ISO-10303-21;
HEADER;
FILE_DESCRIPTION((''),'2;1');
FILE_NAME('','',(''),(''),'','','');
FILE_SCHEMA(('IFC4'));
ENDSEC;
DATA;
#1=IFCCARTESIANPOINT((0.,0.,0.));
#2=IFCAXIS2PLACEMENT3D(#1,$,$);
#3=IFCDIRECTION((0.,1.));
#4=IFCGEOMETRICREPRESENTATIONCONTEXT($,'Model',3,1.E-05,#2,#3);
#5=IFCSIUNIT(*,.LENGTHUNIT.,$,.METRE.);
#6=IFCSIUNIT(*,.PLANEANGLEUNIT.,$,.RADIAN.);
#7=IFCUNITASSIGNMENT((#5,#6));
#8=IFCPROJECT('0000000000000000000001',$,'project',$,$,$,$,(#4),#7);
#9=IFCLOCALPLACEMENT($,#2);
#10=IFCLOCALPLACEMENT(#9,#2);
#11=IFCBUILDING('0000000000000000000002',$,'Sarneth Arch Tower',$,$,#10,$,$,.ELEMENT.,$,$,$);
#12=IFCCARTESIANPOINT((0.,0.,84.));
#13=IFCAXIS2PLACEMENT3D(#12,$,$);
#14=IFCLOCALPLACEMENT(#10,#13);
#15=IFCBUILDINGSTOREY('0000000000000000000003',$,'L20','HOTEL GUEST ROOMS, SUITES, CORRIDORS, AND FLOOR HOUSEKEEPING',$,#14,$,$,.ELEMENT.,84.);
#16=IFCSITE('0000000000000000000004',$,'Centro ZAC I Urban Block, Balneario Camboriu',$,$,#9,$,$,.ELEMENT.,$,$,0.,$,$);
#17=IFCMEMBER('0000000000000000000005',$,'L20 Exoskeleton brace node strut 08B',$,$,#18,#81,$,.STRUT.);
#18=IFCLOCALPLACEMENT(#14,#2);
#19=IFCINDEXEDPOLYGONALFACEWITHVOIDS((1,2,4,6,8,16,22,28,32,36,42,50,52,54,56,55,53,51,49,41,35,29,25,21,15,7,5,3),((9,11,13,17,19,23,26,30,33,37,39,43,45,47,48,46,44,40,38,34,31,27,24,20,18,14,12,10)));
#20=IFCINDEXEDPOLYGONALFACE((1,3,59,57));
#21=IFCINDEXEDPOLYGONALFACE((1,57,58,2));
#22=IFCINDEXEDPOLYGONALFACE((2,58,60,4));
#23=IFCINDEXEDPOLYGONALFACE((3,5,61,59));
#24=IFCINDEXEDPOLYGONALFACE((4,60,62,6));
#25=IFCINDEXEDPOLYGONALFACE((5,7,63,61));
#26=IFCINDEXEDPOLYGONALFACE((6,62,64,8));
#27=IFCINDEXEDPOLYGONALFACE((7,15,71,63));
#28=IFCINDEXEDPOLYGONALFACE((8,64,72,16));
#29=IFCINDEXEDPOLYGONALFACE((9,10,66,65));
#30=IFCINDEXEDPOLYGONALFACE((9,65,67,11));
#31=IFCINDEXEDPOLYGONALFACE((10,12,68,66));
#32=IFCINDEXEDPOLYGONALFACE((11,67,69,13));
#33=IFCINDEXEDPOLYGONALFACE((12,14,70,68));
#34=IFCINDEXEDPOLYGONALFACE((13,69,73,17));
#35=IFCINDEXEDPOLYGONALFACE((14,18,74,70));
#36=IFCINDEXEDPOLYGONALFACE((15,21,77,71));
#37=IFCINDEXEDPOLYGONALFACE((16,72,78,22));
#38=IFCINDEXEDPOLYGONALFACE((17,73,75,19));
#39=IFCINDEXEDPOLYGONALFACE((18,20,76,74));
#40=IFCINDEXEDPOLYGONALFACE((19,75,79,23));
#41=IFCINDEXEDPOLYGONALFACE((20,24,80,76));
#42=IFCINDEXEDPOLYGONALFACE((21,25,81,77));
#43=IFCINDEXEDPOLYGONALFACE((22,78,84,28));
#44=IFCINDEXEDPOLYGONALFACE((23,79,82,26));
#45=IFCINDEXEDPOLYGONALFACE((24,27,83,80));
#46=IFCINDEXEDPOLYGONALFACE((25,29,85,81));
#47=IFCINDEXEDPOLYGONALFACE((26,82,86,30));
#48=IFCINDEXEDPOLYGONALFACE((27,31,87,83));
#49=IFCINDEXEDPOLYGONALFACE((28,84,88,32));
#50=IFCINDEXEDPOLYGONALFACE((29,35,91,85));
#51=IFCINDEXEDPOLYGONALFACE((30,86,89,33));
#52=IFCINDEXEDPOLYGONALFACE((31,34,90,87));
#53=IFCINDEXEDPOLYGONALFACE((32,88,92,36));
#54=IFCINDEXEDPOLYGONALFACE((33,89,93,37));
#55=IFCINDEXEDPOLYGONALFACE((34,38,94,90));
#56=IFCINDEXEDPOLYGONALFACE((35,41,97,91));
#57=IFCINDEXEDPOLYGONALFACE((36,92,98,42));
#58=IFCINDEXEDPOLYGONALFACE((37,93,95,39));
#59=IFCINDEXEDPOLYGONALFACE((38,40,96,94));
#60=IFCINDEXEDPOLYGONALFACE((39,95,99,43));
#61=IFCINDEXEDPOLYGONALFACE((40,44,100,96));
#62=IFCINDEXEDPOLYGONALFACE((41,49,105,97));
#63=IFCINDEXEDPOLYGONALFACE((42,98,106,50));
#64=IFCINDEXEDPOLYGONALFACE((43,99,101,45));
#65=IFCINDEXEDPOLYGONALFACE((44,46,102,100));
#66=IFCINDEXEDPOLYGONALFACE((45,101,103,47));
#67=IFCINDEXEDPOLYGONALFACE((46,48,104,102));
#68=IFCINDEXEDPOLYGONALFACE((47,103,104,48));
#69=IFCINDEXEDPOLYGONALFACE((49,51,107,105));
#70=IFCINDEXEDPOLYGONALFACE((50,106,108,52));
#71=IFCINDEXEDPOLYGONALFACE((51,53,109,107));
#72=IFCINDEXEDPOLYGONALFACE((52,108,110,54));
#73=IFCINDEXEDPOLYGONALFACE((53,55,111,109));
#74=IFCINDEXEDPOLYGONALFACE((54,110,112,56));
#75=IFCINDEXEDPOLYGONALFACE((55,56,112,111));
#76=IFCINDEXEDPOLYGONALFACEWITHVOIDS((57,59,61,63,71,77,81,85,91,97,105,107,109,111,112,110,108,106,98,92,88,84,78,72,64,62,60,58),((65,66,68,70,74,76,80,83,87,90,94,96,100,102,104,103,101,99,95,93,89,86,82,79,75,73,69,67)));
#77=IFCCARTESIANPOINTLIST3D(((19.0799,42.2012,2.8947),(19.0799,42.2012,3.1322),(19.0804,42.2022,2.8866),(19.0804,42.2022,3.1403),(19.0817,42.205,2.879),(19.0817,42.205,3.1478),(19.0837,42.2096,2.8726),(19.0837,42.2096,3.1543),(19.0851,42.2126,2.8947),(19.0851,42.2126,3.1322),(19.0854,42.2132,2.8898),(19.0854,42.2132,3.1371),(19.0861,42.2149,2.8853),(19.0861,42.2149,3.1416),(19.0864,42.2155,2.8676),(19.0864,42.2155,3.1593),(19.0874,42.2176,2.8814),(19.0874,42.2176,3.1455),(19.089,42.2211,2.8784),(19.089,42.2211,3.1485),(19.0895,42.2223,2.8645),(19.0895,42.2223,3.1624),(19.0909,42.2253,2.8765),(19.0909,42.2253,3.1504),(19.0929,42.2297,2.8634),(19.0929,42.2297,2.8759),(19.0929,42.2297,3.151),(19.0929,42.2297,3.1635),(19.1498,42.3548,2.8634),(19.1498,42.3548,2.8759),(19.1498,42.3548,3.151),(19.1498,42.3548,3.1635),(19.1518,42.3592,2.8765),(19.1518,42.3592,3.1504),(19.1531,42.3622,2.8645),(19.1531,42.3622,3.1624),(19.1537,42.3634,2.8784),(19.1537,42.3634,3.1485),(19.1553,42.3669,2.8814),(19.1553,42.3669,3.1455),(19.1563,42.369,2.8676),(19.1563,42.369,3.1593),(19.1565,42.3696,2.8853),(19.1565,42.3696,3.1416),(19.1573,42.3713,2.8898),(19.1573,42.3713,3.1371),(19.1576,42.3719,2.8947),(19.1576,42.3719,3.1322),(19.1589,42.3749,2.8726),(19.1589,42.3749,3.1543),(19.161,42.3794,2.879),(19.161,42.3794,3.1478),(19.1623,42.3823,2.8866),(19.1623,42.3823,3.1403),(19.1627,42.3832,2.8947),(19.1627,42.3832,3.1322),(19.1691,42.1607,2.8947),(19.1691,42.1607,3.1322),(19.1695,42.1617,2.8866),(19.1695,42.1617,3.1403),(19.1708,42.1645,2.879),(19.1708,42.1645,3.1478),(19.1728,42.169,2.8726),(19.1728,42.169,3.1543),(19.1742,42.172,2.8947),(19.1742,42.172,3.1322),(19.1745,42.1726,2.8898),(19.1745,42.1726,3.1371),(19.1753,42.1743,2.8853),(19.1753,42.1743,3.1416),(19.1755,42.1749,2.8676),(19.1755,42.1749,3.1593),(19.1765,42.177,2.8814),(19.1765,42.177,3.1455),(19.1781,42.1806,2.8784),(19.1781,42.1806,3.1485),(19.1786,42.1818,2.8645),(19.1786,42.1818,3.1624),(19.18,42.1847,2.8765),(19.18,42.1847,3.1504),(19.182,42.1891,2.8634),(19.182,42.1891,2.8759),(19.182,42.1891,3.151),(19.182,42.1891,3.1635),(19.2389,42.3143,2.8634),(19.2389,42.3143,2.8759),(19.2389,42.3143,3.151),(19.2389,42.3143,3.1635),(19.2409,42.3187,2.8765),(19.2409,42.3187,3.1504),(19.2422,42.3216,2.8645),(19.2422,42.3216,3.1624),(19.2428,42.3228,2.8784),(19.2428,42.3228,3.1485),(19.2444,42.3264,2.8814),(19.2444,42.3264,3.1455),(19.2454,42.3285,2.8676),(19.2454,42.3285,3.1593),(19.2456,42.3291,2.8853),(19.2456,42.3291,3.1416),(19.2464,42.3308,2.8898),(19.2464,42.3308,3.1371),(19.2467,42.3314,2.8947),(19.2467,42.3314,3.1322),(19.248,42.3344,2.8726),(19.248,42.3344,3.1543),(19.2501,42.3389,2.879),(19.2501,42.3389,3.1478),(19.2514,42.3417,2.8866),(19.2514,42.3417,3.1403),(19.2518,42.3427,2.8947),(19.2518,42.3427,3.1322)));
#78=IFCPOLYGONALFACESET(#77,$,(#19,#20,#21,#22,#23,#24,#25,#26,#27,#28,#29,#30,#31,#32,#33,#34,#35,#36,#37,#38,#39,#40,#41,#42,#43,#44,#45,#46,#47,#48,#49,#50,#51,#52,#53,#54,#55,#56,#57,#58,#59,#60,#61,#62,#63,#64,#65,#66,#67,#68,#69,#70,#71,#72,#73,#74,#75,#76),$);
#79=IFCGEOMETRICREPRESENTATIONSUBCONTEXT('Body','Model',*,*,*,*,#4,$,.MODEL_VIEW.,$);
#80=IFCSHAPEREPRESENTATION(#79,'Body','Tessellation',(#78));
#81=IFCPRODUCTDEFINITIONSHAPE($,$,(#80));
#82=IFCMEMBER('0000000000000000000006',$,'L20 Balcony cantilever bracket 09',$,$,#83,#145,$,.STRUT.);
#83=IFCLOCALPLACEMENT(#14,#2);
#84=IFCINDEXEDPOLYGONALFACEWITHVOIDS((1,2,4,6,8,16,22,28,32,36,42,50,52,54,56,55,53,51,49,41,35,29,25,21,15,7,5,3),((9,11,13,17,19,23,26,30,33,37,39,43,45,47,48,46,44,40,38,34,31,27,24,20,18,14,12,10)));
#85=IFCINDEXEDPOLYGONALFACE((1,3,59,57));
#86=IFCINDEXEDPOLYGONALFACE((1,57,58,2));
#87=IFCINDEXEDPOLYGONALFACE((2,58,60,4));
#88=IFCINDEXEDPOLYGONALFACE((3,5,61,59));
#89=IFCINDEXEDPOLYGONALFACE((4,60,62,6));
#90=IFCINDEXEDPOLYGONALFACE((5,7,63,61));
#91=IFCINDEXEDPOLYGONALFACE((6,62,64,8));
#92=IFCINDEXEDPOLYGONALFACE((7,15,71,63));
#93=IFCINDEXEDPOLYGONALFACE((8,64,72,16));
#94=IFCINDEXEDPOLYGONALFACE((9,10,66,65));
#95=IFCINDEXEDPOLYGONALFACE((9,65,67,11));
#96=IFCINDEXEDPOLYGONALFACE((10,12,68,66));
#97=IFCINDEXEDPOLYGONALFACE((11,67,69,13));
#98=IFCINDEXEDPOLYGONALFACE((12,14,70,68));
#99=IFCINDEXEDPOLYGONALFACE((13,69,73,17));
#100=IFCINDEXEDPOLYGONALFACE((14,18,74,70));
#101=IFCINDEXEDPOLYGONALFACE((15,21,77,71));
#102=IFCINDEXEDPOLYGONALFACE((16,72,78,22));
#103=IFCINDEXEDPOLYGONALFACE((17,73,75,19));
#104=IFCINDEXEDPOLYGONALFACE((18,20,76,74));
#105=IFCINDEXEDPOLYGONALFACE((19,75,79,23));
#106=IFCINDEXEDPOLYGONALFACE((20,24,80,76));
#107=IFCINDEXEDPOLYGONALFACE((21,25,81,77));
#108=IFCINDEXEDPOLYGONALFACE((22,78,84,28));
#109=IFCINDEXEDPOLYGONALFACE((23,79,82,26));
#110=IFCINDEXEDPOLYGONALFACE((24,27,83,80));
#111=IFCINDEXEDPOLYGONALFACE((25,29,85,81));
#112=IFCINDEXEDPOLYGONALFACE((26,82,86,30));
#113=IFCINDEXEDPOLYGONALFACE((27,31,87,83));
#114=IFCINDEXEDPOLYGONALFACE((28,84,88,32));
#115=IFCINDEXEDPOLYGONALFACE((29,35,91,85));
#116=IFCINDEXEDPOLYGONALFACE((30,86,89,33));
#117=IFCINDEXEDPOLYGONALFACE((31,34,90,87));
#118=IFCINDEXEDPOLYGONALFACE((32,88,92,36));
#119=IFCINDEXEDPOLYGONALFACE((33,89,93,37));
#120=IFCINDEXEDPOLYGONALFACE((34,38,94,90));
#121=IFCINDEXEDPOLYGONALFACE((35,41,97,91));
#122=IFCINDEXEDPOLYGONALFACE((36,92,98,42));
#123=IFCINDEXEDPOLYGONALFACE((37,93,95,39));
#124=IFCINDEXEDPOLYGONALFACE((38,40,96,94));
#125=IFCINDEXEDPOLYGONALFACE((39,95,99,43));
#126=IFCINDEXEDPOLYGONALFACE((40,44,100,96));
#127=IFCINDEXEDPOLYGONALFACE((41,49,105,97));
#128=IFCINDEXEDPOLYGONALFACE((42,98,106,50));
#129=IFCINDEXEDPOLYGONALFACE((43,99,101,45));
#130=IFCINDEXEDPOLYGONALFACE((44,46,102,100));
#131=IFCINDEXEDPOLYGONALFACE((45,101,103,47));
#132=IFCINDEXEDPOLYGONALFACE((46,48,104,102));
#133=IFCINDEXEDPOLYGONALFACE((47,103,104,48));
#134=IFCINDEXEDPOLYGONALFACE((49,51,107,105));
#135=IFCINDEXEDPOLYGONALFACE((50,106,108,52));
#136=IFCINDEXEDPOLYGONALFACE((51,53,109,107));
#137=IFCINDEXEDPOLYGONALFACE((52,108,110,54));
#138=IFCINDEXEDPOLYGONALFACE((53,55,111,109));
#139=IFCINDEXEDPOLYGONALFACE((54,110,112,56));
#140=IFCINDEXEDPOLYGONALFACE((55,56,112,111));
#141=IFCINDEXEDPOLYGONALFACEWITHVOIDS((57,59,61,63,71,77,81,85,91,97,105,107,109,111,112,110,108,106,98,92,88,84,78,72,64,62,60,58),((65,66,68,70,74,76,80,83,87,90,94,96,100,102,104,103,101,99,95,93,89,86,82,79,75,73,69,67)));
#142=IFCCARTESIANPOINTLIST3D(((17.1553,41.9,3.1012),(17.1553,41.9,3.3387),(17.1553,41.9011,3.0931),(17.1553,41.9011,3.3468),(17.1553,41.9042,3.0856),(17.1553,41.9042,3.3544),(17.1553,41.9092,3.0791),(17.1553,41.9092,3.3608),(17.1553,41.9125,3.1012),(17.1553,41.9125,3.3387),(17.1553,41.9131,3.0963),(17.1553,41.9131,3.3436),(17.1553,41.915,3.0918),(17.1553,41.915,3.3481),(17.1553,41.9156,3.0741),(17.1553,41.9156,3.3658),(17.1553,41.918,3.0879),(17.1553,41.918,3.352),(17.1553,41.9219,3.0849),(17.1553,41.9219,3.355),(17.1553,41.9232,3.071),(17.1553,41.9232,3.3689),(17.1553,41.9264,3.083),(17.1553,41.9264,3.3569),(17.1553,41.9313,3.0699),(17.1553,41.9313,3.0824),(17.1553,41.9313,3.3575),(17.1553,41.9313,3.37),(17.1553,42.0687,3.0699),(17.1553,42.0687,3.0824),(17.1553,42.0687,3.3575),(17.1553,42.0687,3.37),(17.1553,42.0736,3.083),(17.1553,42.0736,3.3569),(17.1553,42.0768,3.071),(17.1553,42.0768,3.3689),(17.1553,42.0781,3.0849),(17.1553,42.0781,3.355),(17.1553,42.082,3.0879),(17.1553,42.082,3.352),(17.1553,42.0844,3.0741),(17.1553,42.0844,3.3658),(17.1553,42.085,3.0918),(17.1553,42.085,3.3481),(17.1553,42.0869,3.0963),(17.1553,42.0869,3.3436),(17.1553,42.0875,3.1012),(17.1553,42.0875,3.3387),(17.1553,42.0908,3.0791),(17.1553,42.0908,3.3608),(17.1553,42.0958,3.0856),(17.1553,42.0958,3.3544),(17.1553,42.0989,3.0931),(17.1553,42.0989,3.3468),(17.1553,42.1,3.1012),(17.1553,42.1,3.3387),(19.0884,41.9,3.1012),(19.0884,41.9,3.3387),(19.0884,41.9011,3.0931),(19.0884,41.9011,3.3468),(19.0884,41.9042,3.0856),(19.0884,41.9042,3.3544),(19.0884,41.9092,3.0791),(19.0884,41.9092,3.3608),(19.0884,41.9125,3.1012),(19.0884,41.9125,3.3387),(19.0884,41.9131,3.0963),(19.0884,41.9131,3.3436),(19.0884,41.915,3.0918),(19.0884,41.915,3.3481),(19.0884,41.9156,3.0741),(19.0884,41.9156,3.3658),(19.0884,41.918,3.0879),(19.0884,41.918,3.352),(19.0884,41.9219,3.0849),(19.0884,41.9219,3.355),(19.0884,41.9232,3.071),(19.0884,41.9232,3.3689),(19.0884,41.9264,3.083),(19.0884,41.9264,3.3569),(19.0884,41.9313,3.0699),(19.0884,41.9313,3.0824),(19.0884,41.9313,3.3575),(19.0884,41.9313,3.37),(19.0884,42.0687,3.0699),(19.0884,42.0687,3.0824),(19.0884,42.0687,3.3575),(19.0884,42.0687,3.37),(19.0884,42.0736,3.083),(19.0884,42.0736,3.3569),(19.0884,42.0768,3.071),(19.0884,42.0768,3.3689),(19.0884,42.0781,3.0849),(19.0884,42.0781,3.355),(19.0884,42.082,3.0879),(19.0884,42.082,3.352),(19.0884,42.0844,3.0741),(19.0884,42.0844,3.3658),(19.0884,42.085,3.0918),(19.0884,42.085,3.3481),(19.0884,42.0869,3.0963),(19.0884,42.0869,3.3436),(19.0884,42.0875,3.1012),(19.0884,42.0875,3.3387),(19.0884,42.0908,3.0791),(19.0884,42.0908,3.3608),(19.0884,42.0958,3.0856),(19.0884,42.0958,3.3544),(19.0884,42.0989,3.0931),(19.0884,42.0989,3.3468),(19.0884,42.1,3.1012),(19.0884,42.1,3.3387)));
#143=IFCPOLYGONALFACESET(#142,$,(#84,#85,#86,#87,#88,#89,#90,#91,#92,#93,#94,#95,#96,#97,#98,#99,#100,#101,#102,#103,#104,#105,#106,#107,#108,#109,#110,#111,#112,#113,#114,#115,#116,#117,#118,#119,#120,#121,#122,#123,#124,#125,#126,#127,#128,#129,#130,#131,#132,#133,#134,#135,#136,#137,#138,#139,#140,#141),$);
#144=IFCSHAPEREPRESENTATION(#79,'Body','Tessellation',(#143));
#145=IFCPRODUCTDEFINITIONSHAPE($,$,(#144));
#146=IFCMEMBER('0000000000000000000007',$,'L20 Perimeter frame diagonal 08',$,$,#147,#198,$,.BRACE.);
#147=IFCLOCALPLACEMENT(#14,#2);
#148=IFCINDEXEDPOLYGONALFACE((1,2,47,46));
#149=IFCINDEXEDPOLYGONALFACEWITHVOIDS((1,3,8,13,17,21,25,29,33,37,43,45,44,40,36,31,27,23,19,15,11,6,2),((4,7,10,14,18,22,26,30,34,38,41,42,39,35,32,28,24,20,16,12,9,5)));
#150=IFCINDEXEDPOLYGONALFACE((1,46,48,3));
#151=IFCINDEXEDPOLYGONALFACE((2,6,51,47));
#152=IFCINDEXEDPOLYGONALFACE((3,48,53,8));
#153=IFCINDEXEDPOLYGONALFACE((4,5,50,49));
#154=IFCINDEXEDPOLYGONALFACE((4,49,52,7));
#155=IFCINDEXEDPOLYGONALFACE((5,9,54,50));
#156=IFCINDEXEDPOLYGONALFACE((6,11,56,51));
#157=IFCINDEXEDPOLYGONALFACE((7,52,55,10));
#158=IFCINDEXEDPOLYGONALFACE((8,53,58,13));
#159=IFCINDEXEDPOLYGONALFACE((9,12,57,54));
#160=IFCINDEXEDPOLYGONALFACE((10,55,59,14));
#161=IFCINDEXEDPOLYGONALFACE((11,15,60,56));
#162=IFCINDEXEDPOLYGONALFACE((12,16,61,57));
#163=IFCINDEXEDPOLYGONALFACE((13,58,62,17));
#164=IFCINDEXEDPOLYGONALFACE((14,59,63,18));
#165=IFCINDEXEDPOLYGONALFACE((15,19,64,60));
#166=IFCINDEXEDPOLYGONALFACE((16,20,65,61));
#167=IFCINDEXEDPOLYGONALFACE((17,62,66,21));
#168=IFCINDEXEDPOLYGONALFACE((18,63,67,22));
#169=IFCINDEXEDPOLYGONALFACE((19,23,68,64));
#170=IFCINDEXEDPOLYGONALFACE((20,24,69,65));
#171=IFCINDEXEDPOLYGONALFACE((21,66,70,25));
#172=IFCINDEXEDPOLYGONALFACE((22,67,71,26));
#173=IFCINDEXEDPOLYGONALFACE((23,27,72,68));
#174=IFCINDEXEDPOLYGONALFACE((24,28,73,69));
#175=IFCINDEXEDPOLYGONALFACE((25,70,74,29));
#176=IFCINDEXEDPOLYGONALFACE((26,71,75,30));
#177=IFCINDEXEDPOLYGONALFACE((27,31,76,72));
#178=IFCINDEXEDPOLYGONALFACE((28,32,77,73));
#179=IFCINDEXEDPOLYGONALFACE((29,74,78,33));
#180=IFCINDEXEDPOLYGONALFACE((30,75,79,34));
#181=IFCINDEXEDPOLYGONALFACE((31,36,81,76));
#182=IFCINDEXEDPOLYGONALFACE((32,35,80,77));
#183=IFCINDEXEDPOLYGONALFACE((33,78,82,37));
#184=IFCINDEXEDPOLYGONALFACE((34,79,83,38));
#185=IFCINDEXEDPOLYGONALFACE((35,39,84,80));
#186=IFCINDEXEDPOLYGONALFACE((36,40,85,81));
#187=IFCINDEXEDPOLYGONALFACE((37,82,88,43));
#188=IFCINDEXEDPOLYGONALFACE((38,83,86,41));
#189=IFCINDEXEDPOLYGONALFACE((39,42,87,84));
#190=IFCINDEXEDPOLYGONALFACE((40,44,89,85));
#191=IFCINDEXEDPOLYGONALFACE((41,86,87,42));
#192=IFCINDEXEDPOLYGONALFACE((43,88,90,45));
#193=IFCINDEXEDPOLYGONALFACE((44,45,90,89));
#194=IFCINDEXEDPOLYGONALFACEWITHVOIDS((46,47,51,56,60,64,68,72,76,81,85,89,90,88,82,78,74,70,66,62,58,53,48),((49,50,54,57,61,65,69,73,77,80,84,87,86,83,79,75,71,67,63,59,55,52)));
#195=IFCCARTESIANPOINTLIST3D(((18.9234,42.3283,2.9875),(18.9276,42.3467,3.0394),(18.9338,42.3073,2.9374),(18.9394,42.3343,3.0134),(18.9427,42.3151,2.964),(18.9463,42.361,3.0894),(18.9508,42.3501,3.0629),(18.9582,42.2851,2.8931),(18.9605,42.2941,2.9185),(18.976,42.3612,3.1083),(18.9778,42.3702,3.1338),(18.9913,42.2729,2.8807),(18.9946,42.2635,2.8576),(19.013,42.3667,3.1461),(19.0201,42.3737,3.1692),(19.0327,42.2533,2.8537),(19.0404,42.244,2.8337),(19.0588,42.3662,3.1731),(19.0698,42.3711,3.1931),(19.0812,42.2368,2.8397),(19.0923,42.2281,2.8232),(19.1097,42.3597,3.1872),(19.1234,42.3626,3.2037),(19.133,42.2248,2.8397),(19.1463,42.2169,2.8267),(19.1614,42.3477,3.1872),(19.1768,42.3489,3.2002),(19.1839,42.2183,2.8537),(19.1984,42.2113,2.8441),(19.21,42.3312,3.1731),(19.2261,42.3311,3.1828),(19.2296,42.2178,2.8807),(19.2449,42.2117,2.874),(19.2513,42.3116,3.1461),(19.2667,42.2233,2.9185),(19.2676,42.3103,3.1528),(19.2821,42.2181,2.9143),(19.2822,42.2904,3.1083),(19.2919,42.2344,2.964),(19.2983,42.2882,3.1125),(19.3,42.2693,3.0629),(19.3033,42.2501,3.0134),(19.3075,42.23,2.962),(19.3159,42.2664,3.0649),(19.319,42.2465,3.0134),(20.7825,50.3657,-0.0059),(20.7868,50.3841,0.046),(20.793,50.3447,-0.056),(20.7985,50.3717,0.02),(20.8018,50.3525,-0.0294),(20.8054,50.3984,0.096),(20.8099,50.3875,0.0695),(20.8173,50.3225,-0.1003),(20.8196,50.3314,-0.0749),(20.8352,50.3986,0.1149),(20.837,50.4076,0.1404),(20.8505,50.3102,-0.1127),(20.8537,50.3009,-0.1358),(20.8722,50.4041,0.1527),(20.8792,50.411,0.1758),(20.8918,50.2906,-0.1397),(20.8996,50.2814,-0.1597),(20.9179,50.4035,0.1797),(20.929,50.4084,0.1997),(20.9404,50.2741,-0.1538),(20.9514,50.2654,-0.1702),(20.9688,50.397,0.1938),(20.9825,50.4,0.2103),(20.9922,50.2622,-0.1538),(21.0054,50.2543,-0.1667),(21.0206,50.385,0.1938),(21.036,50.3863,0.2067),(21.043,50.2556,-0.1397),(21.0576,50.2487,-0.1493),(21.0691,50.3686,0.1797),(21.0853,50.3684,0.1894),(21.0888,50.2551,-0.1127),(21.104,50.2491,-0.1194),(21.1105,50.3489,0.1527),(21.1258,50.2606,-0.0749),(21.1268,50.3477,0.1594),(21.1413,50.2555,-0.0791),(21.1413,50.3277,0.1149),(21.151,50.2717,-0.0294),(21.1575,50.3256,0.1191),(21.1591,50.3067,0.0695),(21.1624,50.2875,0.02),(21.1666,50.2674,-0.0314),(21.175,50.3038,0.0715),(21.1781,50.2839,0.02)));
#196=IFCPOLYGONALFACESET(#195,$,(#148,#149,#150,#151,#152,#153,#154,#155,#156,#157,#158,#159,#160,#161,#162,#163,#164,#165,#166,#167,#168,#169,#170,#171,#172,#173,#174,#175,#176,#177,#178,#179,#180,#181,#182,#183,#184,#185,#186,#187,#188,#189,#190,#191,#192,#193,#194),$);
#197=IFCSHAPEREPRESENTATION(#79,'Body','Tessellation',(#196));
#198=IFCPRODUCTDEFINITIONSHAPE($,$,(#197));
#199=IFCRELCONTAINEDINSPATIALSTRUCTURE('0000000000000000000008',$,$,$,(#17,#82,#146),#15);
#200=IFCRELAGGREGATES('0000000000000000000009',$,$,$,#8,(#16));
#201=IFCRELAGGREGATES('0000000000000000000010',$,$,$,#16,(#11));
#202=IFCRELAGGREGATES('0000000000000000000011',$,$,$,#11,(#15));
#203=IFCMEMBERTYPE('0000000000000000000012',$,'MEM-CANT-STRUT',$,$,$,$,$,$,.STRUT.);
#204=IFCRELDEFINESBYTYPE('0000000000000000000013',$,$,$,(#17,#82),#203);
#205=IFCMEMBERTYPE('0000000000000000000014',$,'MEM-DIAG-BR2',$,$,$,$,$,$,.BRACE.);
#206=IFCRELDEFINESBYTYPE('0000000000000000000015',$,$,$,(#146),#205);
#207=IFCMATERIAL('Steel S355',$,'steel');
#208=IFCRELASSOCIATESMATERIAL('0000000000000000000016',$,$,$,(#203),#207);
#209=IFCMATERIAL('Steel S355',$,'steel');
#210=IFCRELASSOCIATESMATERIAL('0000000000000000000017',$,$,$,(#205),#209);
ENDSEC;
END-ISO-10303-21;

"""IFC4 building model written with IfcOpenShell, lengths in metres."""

from ifc_helpers import new_model, si_unit, direction, frame, origin, origin_2d, place, context, subcontext, project, spatial, hollow_rectangle, hollow_circle, extrude, material, material_profile, profile_set, type_object, element, save


model = new_model("IFC4")

# Units and contexts
model_context = context("Model", 3, precision=1e-05, world=origin(), true_north=direction((0.0, 1.0)))
body_context = subcontext(model_context, "Body", "Model", "MODEL_VIEW")
ifc_project = project(units=[si_unit("LENGTHUNIT", "METRE"), si_unit("PLANEANGLEUNIT", "RADIAN")], contexts=[model_context])

# Site, building, storey
site_placement = place(None, origin())
site = spatial("IfcSite", under=ifc_project, at=site_placement, Name="Centro ZAC I Urban Block, Balneario Camboriu", CompositionType="ELEMENT", RefElevation=0.0)
building_placement = place(site_placement, origin())
building = spatial("IfcBuilding", under=site, at=building_placement, Name="Sarneth Arch Tower", CompositionType="ELEMENT")
storey_placement = place(building_placement, frame((0.0, 0.0, 84.0)))
storey = spatial("IfcBuildingStorey", under=building, at=storey_placement, Name="L20", Description="HOTEL GUEST ROOMS, SUITES, CORRIDORS, AND FLOOR HOUSEKEEPING", CompositionType="ELEMENT", Elevation=84.0)

# Members
ifc_material_1 = material(Name="Steel S355", Category="steel")
ifc_material_profile_1 = material_profile(ifc_material_1, hollow_rectangle(XDim=0.2, YDim=0.3, WallThickness=0.0125, InnerFilletRadius=0.0188, OuterFilletRadius=0.0312, at=origin_2d()), Name="RHS300x200x12.5")
ifc_profile_set_1 = profile_set([ifc_material_profile_1], Name="Steel S355")
member_type_1 = type_object("IfcMemberType", Name="MEM-CANT-STRUT", PredefinedType="STRUT", material=ifc_profile_set_1)
member_1_placement = place(storey_placement, frame((19.2104, 42.2517, 3.0134), z_axis=(-0.910281, 0.413991, 0.0), x_axis=(-0.413991, -0.910281, 0.0)))
element("IfcMember", 1, at=member_1_placement, inside=storey, type_object=member_type_1, Name="L20 Exoskeleton brace node strut 08B", PredefinedType="STRUT", context=body_context, shape_type="SweptSolid", body=[
    extrude(hollow_rectangle(XDim=0.2, YDim=0.3, WallThickness=0.0125, InnerFilletRadius=0.0188, OuterFilletRadius=0.0312, at=origin_2d()), origin(), (0.0, 0.0, 1.0), 0.0979),
])
member_2_placement = place(storey_placement, frame((19.0884, 42.0, 3.22), z_axis=(-1.0, 0.0, 0.0), x_axis=(0.0, -1.0, 0.0)))
element("IfcMember", 2, at=member_2_placement, inside=storey, type_object=member_type_1, Name="L20 Balcony cantilever bracket 09", PredefinedType="STRUT", context=body_context, shape_type="SweptSolid", body=[
    extrude(hollow_rectangle(XDim=0.2, YDim=0.3, WallThickness=0.0125, InnerFilletRadius=0.0188, OuterFilletRadius=0.0312, at=origin_2d()), origin(), (0.0, 0.0, 1.0), 1.9331),
])
ifc_material_2 = material(Name="Steel S355", Category="steel")
ifc_material_profile_2 = material_profile(ifc_material_2, hollow_circle(Radius=0.2029, WallThickness=0.0161, at=origin_2d()), Name="CHS406x16")
ifc_profile_set_2 = profile_set([ifc_material_profile_2], Name="Steel S355")
member_type_2 = type_object("IfcMemberType", Name="MEM-DIAG-BR2", PredefinedType="BRACE", material=ifc_profile_set_2)
member_3_placement = place(storey_placement, frame((20.9805, 50.3296, 0.02), z_axis=(-0.211846, -0.915847, 0.341095), x_axis=(0.974275, -0.225361, 0.0)))
element("IfcMember", 3, at=member_3_placement, inside=storey, type_object=member_type_2, Name="L20 Perimeter frame diagonal 08", PredefinedType="BRACE", context=body_context, shape_type="SweptSolid", body=[
    extrude(hollow_circle(Radius=0.2029, WallThickness=0.0161, at=origin_2d()), origin(), (0.0, 0.0, 1.0), 8.7759),
])

save(model, "model.ifc")
